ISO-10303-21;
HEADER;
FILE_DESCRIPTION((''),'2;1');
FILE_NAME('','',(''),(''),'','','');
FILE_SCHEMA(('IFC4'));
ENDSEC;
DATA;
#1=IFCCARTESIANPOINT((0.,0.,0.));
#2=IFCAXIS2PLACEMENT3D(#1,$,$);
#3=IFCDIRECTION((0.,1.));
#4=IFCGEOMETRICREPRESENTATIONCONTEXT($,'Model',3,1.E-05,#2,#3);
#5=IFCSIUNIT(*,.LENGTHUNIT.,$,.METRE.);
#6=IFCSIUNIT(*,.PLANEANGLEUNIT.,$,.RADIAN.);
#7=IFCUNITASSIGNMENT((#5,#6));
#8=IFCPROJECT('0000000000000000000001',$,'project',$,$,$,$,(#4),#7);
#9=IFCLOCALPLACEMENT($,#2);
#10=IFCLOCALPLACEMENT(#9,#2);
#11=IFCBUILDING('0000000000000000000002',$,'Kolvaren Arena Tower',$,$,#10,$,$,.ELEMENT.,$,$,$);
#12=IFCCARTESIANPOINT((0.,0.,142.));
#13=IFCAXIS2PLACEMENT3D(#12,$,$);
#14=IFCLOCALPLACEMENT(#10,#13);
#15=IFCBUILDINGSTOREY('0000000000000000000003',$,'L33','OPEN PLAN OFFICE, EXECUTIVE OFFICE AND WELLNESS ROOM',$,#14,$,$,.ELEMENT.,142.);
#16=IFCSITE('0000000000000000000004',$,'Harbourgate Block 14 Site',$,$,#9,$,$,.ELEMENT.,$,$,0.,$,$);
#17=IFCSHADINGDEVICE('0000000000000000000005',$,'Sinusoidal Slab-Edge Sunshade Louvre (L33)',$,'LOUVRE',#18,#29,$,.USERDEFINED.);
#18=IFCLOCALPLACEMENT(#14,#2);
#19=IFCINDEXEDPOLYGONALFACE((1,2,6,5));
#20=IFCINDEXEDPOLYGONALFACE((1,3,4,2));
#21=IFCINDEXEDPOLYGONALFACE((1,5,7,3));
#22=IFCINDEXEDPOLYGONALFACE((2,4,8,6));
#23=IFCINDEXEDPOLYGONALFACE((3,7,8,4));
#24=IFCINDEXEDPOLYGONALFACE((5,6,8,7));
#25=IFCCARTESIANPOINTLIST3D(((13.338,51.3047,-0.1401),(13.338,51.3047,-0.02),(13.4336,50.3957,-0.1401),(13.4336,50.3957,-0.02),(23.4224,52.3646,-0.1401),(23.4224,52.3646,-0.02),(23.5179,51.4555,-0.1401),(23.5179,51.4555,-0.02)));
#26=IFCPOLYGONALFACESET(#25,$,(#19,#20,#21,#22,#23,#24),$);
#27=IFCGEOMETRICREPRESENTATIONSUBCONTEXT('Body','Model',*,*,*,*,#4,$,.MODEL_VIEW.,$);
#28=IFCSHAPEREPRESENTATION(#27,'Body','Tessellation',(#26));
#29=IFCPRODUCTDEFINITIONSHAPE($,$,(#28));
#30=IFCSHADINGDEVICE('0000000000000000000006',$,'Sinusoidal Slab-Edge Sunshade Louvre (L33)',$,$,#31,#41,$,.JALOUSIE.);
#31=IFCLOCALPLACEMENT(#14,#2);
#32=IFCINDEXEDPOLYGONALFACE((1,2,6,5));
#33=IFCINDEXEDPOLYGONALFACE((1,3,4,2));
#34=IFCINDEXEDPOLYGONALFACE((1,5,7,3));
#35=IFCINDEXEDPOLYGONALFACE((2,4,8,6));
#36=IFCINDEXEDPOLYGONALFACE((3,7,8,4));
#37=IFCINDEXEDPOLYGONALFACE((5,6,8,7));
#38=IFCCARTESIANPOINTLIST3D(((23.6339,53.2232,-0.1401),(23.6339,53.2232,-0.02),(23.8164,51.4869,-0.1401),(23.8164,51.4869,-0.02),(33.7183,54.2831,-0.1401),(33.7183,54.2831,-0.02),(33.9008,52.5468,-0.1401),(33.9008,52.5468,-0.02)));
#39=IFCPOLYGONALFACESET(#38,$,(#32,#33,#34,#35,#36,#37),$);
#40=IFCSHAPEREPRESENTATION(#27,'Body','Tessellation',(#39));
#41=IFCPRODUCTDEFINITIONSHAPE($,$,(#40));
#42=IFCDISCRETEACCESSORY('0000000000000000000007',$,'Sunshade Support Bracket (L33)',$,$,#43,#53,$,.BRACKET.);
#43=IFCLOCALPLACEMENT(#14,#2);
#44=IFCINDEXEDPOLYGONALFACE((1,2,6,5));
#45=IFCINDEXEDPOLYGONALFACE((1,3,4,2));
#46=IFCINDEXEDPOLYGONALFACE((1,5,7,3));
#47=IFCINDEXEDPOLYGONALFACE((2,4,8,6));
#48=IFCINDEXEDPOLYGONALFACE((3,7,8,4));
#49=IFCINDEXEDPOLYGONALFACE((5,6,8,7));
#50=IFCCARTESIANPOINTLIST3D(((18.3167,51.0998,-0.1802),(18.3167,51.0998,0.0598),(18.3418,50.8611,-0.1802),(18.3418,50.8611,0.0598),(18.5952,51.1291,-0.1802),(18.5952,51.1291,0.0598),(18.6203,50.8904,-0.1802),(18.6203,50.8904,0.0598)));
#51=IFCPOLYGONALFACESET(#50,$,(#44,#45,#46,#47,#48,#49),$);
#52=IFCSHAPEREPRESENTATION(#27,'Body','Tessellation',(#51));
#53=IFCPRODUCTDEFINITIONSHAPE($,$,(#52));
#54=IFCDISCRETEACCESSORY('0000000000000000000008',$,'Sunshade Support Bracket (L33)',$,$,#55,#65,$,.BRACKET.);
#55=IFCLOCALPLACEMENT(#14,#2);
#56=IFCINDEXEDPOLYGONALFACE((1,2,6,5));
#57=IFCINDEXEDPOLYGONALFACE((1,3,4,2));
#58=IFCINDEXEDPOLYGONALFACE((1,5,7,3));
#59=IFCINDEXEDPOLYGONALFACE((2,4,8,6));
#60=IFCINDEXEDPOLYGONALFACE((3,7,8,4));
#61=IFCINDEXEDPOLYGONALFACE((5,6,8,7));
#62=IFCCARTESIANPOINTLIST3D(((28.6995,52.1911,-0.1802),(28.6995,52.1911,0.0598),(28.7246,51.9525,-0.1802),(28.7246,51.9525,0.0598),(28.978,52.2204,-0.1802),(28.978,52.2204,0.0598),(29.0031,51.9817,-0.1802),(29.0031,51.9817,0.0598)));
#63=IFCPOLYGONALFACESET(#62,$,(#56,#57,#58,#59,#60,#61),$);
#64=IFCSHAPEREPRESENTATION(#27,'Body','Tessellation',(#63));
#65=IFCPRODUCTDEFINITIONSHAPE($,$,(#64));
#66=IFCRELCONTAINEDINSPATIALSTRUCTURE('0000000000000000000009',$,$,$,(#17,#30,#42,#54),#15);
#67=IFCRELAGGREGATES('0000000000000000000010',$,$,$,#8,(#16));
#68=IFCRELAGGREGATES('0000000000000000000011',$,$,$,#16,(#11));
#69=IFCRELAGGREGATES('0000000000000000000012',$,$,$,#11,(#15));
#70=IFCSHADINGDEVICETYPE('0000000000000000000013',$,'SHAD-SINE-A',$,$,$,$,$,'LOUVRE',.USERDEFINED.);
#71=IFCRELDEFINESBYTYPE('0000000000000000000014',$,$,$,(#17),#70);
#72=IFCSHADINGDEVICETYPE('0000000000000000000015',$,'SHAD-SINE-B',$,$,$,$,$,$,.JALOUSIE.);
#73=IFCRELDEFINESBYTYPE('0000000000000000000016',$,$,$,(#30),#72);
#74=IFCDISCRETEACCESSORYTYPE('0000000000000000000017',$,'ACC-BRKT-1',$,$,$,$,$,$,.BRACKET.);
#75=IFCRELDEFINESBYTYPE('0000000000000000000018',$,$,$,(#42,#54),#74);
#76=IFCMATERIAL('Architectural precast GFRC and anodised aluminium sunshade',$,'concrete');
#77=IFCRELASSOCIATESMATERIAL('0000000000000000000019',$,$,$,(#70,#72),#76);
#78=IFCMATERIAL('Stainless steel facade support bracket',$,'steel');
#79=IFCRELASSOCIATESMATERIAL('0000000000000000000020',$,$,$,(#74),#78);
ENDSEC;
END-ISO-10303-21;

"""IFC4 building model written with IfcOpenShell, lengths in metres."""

from ifc_helpers import new_model, si_unit, direction, frame, origin, origin_2d, place, context, subcontext, project, spatial, rectangle, extrude, material, type_object, element, save


model = new_model("IFC4")

# Units and contexts
model_context = context("Model", 3, precision=1e-05, world=origin(), true_north=direction((0.0, 1.0)))
body_context = subcontext(model_context, "Body", "Model", "MODEL_VIEW")
ifc_project = project(units=[si_unit("LENGTHUNIT", "METRE"), si_unit("PLANEANGLEUNIT", "RADIAN")], contexts=[model_context])

# Site, building, storey
site_placement = place(None, origin())
site = spatial("IfcSite", under=ifc_project, at=site_placement, Name="Harbourgate Block 14 Site", CompositionType="ELEMENT", RefElevation=0.0)
building_placement = place(site_placement, origin())
building = spatial("IfcBuilding", under=site, at=building_placement, Name="Kolvaren Arena Tower", CompositionType="ELEMENT")
storey_placement = place(building_placement, frame((0.0, 0.0, 142.0)))
storey = spatial("IfcBuildingStorey", under=building, at=storey_placement, Name="L33", Description="OPEN PLAN OFFICE, EXECUTIVE OFFICE AND WELLNESS ROOM", CompositionType="ELEMENT", Elevation=142.0)

# Shading devices
ifc_material_1 = material(Name="Architectural precast GFRC and anodised aluminium sunshade", Category="concrete")
shading_device_type_1 = type_object("IfcShadingDeviceType", Name="SHAD-SINE-A", ElementType="LOUVRE", PredefinedType="USERDEFINED", material=ifc_material_1)
shading_device_1_placement = place(storey_placement, frame((18.428, 51.3801, -0.1401), z_axis=(0.0, 0.0, 1.0), x_axis=(0.994522, 0.104527, 0.0)))
element("IfcShadingDevice", 1, at=shading_device_1_placement, inside=storey, type_object=shading_device_type_1, Name="Sinusoidal Slab-Edge Sunshade Louvre (L33)", ObjectType="LOUVRE", PredefinedType="USERDEFINED", context=body_context, shape_type="SweptSolid", body=[
    extrude(rectangle(XDim=10.1399, YDim=0.9141, at=origin_2d()), origin(), (0.0, 0.0, 1.0), 0.1201),
])
shading_device_type_2 = type_object("IfcShadingDeviceType", Name="SHAD-SINE-B", PredefinedType="JALOUSIE", material=ifc_material_1)
shading_device_2_placement = place(storey_placement, frame((28.7673, 52.885, -0.1401), z_axis=(0.0, 0.0, 1.0), x_axis=(0.994522, 0.104527, 0.0)))
element("IfcShadingDevice", 2, at=shading_device_2_placement, inside=storey, type_object=shading_device_type_2, Name="Sinusoidal Slab-Edge Sunshade Louvre (L33)", PredefinedType="JALOUSIE", context=body_context, shape_type="SweptSolid", body=[
    extrude(rectangle(XDim=10.1399, YDim=1.7458, at=origin_2d()), origin(), (0.0, 0.0, 1.0), 0.1201),
])

# Discrete accessories
ifc_material_2 = material(Name="Stainless steel facade support bracket", Category="steel")
discrete_accessory_type = type_object("IfcDiscreteAccessoryType", Name="ACC-BRKT-1", PredefinedType="BRACKET", material=ifc_material_2)
for number, where, z_axis, x_axis, name in (
    (3, (18.4685, 50.9951, -0.1802), (0.0, 0.0, 1.0), (0.994522, 0.104527, 0.0), "Sunshade Support Bracket (L33)"),
    (4, (28.8513, 52.0864, -0.1802), (0.0, 0.0, 1.0), (0.994522, 0.104527, 0.0), "Sunshade Support Bracket (L33)"),
):
    element("IfcDiscreteAccessory", number, at=place(storey_placement, frame(where, z_axis=z_axis, x_axis=x_axis)), inside=storey, type_object=discrete_accessory_type, Name=name, PredefinedType="BRACKET", context=body_context, shape_type="SweptSolid", body=[
        extrude(rectangle(XDim=0.28, YDim=0.24, at=origin_2d()), origin(), (0.0, 0.0, 1.0), 0.24),
    ])

save(model, "model.ifc")
